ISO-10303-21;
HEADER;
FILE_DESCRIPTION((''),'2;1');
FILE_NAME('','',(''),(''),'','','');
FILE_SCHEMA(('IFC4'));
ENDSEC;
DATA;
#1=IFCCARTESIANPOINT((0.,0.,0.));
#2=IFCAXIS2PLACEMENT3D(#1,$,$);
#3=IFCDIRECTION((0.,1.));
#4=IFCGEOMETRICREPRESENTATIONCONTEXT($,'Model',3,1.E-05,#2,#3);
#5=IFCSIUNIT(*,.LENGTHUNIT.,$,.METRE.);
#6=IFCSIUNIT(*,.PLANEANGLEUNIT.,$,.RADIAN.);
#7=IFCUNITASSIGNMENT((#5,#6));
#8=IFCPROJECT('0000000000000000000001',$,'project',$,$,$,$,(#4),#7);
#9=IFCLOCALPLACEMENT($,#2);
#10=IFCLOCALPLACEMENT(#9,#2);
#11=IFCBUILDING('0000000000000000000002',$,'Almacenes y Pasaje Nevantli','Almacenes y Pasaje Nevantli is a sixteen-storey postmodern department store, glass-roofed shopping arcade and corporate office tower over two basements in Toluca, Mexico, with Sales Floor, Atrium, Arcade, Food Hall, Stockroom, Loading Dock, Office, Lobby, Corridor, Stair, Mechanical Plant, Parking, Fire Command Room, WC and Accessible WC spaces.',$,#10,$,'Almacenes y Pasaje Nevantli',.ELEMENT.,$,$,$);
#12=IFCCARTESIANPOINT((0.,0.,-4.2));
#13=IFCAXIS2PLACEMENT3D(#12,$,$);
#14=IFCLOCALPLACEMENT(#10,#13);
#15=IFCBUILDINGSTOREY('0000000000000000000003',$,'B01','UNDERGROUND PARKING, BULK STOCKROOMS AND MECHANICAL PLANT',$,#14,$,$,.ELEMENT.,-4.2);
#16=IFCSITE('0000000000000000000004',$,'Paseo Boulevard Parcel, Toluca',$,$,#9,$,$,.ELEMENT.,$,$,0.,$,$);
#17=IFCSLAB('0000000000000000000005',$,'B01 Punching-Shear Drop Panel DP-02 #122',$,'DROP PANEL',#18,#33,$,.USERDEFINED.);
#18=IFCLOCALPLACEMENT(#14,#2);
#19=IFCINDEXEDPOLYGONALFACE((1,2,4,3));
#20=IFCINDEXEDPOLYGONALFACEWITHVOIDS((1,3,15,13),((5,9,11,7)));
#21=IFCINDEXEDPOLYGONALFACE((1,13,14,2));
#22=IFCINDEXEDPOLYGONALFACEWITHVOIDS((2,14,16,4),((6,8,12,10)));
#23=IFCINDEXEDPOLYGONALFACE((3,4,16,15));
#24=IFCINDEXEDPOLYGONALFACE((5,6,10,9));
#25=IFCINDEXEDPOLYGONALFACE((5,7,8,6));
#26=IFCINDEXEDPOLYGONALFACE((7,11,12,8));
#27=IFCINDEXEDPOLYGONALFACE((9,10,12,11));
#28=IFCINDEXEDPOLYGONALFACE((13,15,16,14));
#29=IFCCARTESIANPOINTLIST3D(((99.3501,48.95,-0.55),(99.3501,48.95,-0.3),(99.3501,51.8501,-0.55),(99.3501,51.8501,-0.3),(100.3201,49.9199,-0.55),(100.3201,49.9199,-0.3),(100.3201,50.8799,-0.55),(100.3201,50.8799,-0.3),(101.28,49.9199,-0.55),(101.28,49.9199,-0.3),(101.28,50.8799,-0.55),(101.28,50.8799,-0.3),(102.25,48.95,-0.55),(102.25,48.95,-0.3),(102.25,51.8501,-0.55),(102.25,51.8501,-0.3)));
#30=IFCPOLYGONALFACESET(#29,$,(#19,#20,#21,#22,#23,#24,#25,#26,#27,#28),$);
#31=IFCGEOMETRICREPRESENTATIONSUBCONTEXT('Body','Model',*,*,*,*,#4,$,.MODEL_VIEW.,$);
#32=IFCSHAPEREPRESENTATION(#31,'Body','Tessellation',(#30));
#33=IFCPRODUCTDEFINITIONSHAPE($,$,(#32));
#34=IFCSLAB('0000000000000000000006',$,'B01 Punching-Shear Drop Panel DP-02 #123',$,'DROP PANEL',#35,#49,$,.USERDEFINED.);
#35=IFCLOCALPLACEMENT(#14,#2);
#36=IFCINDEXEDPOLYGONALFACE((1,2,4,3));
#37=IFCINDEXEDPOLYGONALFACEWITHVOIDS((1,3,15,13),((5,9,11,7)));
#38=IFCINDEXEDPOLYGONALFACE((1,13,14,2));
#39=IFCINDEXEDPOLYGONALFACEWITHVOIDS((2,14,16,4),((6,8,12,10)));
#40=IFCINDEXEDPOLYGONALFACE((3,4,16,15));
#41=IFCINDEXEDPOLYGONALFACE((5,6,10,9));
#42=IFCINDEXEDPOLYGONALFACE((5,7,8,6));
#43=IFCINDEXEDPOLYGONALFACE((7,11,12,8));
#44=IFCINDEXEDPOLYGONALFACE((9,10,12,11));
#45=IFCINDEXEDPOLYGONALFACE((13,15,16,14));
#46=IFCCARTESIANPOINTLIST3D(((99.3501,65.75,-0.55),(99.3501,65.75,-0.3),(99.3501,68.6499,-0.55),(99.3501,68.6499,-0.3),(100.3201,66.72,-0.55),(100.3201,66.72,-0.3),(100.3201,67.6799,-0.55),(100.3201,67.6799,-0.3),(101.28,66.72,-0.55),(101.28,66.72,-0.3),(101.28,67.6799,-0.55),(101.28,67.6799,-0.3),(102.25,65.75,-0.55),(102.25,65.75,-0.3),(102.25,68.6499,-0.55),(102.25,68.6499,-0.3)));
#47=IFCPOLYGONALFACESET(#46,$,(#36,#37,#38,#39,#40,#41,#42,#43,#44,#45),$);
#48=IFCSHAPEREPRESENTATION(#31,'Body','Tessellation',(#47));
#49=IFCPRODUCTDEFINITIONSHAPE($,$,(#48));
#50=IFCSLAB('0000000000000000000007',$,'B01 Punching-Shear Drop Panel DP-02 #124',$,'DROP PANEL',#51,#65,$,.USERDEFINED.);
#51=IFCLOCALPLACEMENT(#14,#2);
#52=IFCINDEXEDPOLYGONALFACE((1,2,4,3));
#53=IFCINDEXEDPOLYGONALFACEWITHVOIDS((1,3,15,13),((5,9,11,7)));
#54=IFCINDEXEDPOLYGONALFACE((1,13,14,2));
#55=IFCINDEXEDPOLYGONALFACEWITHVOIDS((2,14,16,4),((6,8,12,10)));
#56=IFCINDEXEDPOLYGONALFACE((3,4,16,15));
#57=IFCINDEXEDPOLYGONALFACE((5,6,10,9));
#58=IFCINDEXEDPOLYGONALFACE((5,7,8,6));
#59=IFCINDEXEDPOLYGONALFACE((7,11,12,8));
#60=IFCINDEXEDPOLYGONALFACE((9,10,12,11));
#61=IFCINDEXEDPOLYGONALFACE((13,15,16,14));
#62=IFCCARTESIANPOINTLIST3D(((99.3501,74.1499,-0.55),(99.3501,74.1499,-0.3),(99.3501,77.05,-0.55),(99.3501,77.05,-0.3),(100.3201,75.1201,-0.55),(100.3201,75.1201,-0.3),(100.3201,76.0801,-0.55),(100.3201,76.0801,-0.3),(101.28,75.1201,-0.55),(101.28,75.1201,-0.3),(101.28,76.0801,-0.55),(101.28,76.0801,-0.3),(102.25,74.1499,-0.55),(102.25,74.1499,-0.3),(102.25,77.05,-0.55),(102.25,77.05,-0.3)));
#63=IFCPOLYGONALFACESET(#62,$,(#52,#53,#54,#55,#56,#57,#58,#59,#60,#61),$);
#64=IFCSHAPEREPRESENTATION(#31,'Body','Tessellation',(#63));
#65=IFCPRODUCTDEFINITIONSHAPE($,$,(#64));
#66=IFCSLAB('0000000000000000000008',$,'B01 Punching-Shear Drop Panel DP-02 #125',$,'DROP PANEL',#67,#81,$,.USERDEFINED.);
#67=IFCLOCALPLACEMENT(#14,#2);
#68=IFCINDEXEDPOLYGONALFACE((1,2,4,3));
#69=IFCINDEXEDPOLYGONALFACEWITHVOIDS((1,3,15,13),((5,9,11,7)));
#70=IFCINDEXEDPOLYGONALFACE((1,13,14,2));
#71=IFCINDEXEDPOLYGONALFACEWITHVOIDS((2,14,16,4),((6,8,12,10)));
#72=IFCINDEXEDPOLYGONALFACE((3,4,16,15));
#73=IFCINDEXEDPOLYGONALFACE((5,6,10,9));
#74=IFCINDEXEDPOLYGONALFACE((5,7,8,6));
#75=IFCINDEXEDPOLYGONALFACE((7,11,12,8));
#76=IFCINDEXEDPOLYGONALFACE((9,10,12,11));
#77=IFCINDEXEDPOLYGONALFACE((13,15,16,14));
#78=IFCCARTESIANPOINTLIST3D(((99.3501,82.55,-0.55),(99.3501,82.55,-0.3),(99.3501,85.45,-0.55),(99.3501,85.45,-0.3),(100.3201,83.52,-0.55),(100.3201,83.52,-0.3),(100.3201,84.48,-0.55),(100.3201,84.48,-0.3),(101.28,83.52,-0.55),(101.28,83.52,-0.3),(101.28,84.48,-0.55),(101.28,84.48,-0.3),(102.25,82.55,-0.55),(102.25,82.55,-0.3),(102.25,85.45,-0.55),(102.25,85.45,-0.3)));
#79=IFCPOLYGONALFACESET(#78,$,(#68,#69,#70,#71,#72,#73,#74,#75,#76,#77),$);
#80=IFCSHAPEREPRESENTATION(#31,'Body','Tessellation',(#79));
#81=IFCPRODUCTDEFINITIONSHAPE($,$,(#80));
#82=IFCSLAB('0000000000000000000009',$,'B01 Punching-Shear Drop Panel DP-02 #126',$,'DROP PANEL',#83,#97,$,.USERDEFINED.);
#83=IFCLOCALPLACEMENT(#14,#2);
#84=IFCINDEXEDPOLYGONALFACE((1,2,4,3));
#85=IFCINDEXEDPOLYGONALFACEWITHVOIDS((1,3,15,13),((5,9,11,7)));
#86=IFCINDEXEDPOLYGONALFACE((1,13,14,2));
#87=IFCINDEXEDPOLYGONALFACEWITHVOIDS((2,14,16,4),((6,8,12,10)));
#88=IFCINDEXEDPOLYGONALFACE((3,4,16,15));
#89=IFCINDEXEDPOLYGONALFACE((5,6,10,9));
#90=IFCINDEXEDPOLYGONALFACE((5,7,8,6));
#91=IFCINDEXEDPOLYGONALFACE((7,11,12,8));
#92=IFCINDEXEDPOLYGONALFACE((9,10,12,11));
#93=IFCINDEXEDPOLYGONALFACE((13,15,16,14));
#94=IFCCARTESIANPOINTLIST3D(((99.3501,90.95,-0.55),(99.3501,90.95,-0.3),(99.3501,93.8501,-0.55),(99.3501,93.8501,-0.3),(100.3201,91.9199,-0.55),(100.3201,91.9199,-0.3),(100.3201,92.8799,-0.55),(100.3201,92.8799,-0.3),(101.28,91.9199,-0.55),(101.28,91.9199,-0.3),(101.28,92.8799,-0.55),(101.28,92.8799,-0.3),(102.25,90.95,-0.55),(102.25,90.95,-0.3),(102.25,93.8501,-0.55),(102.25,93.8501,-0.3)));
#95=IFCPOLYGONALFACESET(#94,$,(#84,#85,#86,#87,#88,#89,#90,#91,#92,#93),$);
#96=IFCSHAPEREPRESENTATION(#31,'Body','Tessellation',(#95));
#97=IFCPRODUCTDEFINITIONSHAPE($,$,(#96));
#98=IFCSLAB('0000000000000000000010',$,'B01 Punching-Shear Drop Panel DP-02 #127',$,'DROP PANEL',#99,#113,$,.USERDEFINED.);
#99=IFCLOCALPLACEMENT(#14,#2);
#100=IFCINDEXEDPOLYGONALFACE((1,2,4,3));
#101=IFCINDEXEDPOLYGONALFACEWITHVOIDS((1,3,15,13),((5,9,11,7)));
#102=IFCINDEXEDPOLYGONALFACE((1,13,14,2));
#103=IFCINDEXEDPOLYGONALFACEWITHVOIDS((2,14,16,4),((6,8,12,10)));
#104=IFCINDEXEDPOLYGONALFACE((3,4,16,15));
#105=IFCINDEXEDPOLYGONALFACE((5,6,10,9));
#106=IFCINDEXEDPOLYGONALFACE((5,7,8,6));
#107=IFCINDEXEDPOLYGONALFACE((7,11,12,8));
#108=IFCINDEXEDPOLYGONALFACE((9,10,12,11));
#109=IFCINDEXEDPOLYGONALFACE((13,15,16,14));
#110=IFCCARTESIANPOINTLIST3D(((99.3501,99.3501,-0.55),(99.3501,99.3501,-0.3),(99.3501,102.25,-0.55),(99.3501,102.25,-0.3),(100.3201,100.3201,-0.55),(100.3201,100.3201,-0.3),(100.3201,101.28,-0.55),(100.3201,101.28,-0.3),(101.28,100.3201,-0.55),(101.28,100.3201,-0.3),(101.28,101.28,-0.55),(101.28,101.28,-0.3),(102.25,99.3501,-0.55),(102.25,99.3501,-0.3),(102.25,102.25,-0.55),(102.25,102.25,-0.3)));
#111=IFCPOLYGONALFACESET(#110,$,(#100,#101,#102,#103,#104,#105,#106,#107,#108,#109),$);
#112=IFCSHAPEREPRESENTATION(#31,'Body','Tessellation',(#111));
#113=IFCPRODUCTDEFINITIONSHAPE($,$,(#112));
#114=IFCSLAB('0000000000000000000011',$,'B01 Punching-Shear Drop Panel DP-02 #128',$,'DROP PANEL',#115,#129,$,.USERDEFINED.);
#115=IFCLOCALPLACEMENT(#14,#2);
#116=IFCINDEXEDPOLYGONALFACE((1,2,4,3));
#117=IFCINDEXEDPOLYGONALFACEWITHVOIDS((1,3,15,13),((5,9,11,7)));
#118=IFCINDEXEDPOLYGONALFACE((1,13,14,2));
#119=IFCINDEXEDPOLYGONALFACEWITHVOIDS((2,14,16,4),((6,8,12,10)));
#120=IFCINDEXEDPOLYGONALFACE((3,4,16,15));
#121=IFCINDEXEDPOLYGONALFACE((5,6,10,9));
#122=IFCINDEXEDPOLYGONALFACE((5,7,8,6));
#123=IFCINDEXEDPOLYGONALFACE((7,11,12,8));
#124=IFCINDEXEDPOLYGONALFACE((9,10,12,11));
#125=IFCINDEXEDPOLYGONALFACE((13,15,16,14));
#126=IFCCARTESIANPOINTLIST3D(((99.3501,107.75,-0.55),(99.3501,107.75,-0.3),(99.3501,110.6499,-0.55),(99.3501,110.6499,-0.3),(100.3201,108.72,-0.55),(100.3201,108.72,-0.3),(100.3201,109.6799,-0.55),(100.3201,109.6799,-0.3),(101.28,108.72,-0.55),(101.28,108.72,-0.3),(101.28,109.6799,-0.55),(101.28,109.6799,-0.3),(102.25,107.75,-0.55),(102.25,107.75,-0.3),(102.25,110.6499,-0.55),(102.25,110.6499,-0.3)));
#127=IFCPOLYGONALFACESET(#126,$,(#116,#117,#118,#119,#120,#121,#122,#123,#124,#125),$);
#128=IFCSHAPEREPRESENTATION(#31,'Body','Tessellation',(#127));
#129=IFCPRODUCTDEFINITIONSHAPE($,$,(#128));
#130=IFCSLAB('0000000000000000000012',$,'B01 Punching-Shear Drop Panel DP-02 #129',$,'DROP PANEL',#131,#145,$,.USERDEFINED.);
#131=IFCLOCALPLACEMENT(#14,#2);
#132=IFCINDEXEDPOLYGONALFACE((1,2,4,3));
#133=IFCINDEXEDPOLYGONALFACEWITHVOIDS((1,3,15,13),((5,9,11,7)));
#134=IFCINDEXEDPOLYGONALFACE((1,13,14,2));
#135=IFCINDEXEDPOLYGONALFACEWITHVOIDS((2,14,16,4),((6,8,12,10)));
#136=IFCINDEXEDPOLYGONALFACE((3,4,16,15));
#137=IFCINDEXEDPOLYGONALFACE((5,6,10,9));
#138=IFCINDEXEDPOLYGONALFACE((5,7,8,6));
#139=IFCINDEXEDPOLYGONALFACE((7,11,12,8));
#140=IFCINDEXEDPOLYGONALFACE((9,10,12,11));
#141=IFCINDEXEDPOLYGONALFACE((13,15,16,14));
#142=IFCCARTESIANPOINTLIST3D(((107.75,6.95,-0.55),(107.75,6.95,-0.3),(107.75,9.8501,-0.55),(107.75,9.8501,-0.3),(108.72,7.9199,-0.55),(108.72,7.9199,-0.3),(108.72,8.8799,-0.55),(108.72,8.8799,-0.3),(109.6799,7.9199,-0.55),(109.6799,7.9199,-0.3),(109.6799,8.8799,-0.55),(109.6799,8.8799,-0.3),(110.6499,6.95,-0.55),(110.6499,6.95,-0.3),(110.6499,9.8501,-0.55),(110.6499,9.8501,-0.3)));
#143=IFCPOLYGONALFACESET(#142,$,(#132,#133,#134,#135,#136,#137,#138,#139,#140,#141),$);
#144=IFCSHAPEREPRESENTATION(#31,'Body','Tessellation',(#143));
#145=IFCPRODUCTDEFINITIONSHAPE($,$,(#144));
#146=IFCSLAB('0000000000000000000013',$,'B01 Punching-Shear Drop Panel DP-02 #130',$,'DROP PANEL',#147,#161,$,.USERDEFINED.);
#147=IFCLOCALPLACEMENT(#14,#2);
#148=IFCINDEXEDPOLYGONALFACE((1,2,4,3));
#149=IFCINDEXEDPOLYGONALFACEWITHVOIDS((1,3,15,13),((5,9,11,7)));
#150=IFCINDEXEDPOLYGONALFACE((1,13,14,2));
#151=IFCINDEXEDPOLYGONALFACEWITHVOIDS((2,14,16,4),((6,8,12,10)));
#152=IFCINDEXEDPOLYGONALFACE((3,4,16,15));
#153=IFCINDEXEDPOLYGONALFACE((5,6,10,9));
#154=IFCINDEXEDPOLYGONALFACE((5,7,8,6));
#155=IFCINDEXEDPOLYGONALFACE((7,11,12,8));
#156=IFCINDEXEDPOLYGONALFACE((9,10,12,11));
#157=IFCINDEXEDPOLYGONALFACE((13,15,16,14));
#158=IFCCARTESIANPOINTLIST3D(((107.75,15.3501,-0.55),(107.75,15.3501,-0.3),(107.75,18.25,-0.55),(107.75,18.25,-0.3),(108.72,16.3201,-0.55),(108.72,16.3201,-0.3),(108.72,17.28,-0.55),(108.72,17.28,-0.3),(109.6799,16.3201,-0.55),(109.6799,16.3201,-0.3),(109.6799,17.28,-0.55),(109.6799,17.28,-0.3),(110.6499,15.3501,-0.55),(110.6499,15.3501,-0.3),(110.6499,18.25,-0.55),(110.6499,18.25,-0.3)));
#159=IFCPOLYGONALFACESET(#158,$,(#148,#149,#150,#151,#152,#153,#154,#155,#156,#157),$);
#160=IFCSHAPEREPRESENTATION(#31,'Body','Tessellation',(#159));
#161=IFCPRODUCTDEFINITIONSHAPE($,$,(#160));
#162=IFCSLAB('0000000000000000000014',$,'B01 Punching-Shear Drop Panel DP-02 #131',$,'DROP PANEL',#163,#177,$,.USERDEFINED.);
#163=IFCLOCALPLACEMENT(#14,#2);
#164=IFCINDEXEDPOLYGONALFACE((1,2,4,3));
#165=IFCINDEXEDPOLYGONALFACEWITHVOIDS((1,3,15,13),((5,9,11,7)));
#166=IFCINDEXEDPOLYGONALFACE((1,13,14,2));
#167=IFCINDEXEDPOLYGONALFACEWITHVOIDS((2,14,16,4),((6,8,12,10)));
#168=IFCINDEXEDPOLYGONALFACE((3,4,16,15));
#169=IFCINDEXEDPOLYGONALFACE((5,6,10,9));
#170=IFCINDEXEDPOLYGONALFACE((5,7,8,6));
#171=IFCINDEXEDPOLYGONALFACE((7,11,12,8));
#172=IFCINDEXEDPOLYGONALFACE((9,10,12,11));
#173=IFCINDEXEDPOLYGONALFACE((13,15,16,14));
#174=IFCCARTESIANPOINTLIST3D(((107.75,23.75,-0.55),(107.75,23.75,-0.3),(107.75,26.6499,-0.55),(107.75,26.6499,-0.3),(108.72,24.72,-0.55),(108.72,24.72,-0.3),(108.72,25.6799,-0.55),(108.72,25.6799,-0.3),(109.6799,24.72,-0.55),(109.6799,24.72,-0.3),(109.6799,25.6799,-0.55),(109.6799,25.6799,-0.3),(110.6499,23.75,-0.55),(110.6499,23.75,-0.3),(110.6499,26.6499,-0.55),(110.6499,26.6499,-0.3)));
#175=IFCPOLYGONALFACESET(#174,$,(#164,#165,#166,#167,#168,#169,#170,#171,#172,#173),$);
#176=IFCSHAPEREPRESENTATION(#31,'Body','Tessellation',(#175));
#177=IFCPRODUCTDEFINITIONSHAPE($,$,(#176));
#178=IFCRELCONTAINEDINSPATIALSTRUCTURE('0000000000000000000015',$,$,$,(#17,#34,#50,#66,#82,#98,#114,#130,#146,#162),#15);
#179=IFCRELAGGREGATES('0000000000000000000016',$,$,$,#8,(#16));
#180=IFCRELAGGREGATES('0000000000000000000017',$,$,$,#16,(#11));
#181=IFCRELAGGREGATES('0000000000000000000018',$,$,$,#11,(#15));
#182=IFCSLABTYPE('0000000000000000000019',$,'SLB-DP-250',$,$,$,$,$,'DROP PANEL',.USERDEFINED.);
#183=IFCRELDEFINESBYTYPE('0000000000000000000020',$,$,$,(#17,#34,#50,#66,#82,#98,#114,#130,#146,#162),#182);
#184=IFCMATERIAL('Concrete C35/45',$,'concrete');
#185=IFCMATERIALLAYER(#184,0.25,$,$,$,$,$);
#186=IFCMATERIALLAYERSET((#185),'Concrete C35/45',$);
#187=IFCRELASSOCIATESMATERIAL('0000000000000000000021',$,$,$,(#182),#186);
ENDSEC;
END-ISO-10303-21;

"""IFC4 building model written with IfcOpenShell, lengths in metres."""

from ifc_helpers import new_model, si_unit, direction, frame, origin, place, context, subcontext, project, spatial, polyline, outline, extrude, material, layer, layer_set, type_object, element, save


model = new_model("IFC4")

# Units and contexts
model_context = context("Model", 3, precision=1e-05, world=origin(), true_north=direction((0.0, 1.0)))
body_context = subcontext(model_context, "Body", "Model", "MODEL_VIEW")
ifc_project = project(units=[si_unit("LENGTHUNIT", "METRE"), si_unit("PLANEANGLEUNIT", "RADIAN")], contexts=[model_context])

# Site, building, storey
site_placement = place(None, origin())
site = spatial("IfcSite", under=ifc_project, at=site_placement, Name="Paseo Boulevard Parcel, Toluca", CompositionType="ELEMENT", RefElevation=0.0)
building_placement = place(site_placement, origin())
building = spatial("IfcBuilding", under=site, at=building_placement, Name="Almacenes y Pasaje Nevantli", Description="Almacenes y Pasaje Nevantli is a sixteen-storey postmodern department store, glass-roofed shopping arcade and corporate office tower over two basements in Toluca, Mexico, with Sales Floor, Atrium, Arcade, Food Hall, Stockroom, Loading Dock, Office, Lobby, Corridor, Stair, Mechanical Plant, Parking, Fire Command Room, WC and Accessible WC spaces.", LongName="Almacenes y Pasaje Nevantli", CompositionType="ELEMENT")
storey_placement = place(building_placement, frame((0.0, 0.0, -4.2)))
storey = spatial("IfcBuildingStorey", under=building, at=storey_placement, Name="B01", Description="UNDERGROUND PARKING, BULK STOCKROOMS AND MECHANICAL PLANT", CompositionType="ELEMENT", Elevation=-4.2)

# Slabs
ifc_material = material(Name="Concrete C35/45", Category="concrete")
ifc_layer = layer(ifc_material, 0.25)
ifc_layer_set = layer_set([ifc_layer], Name="Concrete C35/45")
slab_type = type_object("IfcSlabType", Name="SLB-DP-250", ElementType="DROP PANEL", PredefinedType="USERDEFINED", material=ifc_layer_set)
slab_1_placement = place(storey_placement, frame((0.0, 0.0, -0.55)))
element("IfcSlab", 1, at=slab_1_placement, inside=storey, type_object=slab_type, Name="B01 Punching-Shear Drop Panel DP-02 #122", ObjectType="DROP PANEL", PredefinedType="USERDEFINED", context=body_context, shape_type="SweptSolid", body=[
    extrude(outline(polyline([(99.3501, 48.95), (102.25, 48.95), (102.25, 51.8501), (99.3501, 51.8501), (99.3501, 48.95)]), holes=[polyline([(100.3201, 49.9199), (101.28, 49.9199), (101.28, 50.8799), (100.3201, 50.8799), (100.3201, 49.9199)])]), origin(), (0.0, 0.0, 1.0), 0.25),
])
slab_2_placement = place(storey_placement, frame((0.0, 0.0, -0.55)))
element("IfcSlab", 2, at=slab_2_placement, inside=storey, type_object=slab_type, Name="B01 Punching-Shear Drop Panel DP-02 #123", ObjectType="DROP PANEL", PredefinedType="USERDEFINED", context=body_context, shape_type="SweptSolid", body=[
    extrude(outline(polyline([(99.3501, 65.75), (102.25, 65.75), (102.25, 68.6499), (99.3501, 68.6499), (99.3501, 65.75)]), holes=[polyline([(100.3201, 66.72), (101.28, 66.72), (101.28, 67.6799), (100.3201, 67.6799), (100.3201, 66.72)])]), origin(), (0.0, 0.0, 1.0), 0.25),
])
slab_3_placement = place(storey_placement, frame((0.0, 0.0, -0.55)))
element("IfcSlab", 3, at=slab_3_placement, inside=storey, type_object=slab_type, Name="B01 Punching-Shear Drop Panel DP-02 #124", ObjectType="DROP PANEL", PredefinedType="USERDEFINED", context=body_context, shape_type="SweptSolid", body=[
    extrude(outline(polyline([(99.3501, 74.1499), (102.25, 74.1499), (102.25, 77.05), (99.3501, 77.05), (99.3501, 74.1499)]), holes=[polyline([(100.3201, 75.1201), (101.28, 75.1201), (101.28, 76.0801), (100.3201, 76.0801), (100.3201, 75.1201)])]), origin(), (0.0, 0.0, 1.0), 0.25),
])
slab_4_placement = place(storey_placement, frame((0.0, 0.0, -0.55)))
element("IfcSlab", 4, at=slab_4_placement, inside=storey, type_object=slab_type, Name="B01 Punching-Shear Drop Panel DP-02 #125", ObjectType="DROP PANEL", PredefinedType="USERDEFINED", context=body_context, shape_type="SweptSolid", body=[
    extrude(outline(polyline([(99.3501, 82.55), (102.25, 82.55), (102.25, 85.45), (99.3501, 85.45), (99.3501, 82.55)]), holes=[polyline([(100.3201, 83.52), (101.28, 83.52), (101.28, 84.48), (100.3201, 84.48), (100.3201, 83.52)])]), origin(), (0.0, 0.0, 1.0), 0.25),
])
slab_5_placement = place(storey_placement, frame((0.0, 0.0, -0.55)))
element("IfcSlab", 5, at=slab_5_placement, inside=storey, type_object=slab_type, Name="B01 Punching-Shear Drop Panel DP-02 #126", ObjectType="DROP PANEL", PredefinedType="USERDEFINED", context=body_context, shape_type="SweptSolid", body=[
    extrude(outline(polyline([(99.3501, 90.95), (102.25, 90.95), (102.25, 93.8501), (99.3501, 93.8501), (99.3501, 90.95)]), holes=[polyline([(100.3201, 91.9199), (101.28, 91.9199), (101.28, 92.8799), (100.3201, 92.8799), (100.3201, 91.9199)])]), origin(), (0.0, 0.0, 1.0), 0.25),
])
slab_6_placement = place(storey_placement, frame((0.0, 0.0, -0.55)))
element("IfcSlab", 6, at=slab_6_placement, inside=storey, type_object=slab_type, Name="B01 Punching-Shear Drop Panel DP-02 #127", ObjectType="DROP PANEL", PredefinedType="USERDEFINED", context=body_context, shape_type="SweptSolid", body=[
    extrude(outline(polyline([(99.3501, 99.3501), (102.25, 99.3501), (102.25, 102.25), (99.3501, 102.25), (99.3501, 99.3501)]), holes=[polyline([(100.3201, 100.3201), (101.28, 100.3201), (101.28, 101.28), (100.3201, 101.28), (100.3201, 100.3201)])]), origin(), (0.0, 0.0, 1.0), 0.25),
])
slab_7_placement = place(storey_placement, frame((0.0, 0.0, -0.55)))
element("IfcSlab", 7, at=slab_7_placement, inside=storey, type_object=slab_type, Name="B01 Punching-Shear Drop Panel DP-02 #128", ObjectType="DROP PANEL", PredefinedType="USERDEFINED", context=body_context, shape_type="SweptSolid", body=[
    extrude(outline(polyline([(99.3501, 107.75), (102.25, 107.75), (102.25, 110.6499), (99.3501, 110.6499), (99.3501, 107.75)]), holes=[polyline([(100.3201, 108.72), (101.28, 108.72), (101.28, 109.6799), (100.3201, 109.6799), (100.3201, 108.72)])]), origin(), (0.0, 0.0, 1.0), 0.25),
])
slab_8_placement = place(storey_placement, frame((0.0, 0.0, -0.55)))
element("IfcSlab", 8, at=slab_8_placement, inside=storey, type_object=slab_type, Name="B01 Punching-Shear Drop Panel DP-02 #129", ObjectType="DROP PANEL", PredefinedType="USERDEFINED", context=body_context, shape_type="SweptSolid", body=[
    extrude(outline(polyline([(107.75, 6.95), (110.6499, 6.95), (110.6499, 9.8501), (107.75, 9.8501), (107.75, 6.95)]), holes=[polyline([(108.72, 7.9199), (109.6799, 7.9199), (109.6799, 8.8799), (108.72, 8.8799), (108.72, 7.9199)])]), origin(), (0.0, 0.0, 1.0), 0.25),
])
slab_9_placement = place(storey_placement, frame((0.0, 0.0, -0.55)))
element("IfcSlab", 9, at=slab_9_placement, inside=storey, type_object=slab_type, Name="B01 Punching-Shear Drop Panel DP-02 #130", ObjectType="DROP PANEL", PredefinedType="USERDEFINED", context=body_context, shape_type="SweptSolid", body=[
    extrude(outline(polyline([(107.75, 15.3501), (110.6499, 15.3501), (110.6499, 18.25), (107.75, 18.25), (107.75, 15.3501)]), holes=[polyline([(108.72, 16.3201), (109.6799, 16.3201), (109.6799, 17.28), (108.72, 17.28), (108.72, 16.3201)])]), origin(), (0.0, 0.0, 1.0), 0.25),
])
slab_10_placement = place(storey_placement, frame((0.0, 0.0, -0.55)))
element("IfcSlab", 10, at=slab_10_placement, inside=storey, type_object=slab_type, Name="B01 Punching-Shear Drop Panel DP-02 #131", ObjectType="DROP PANEL", PredefinedType="USERDEFINED", context=body_context, shape_type="SweptSolid", body=[
    extrude(outline(polyline([(107.75, 23.75), (110.6499, 23.75), (110.6499, 26.6499), (107.75, 26.6499), (107.75, 23.75)]), holes=[polyline([(108.72, 24.72), (109.6799, 24.72), (109.6799, 25.6799), (108.72, 25.6799), (108.72, 24.72)])]), origin(), (0.0, 0.0, 1.0), 0.25),
])

save(model, "model.ifc")
